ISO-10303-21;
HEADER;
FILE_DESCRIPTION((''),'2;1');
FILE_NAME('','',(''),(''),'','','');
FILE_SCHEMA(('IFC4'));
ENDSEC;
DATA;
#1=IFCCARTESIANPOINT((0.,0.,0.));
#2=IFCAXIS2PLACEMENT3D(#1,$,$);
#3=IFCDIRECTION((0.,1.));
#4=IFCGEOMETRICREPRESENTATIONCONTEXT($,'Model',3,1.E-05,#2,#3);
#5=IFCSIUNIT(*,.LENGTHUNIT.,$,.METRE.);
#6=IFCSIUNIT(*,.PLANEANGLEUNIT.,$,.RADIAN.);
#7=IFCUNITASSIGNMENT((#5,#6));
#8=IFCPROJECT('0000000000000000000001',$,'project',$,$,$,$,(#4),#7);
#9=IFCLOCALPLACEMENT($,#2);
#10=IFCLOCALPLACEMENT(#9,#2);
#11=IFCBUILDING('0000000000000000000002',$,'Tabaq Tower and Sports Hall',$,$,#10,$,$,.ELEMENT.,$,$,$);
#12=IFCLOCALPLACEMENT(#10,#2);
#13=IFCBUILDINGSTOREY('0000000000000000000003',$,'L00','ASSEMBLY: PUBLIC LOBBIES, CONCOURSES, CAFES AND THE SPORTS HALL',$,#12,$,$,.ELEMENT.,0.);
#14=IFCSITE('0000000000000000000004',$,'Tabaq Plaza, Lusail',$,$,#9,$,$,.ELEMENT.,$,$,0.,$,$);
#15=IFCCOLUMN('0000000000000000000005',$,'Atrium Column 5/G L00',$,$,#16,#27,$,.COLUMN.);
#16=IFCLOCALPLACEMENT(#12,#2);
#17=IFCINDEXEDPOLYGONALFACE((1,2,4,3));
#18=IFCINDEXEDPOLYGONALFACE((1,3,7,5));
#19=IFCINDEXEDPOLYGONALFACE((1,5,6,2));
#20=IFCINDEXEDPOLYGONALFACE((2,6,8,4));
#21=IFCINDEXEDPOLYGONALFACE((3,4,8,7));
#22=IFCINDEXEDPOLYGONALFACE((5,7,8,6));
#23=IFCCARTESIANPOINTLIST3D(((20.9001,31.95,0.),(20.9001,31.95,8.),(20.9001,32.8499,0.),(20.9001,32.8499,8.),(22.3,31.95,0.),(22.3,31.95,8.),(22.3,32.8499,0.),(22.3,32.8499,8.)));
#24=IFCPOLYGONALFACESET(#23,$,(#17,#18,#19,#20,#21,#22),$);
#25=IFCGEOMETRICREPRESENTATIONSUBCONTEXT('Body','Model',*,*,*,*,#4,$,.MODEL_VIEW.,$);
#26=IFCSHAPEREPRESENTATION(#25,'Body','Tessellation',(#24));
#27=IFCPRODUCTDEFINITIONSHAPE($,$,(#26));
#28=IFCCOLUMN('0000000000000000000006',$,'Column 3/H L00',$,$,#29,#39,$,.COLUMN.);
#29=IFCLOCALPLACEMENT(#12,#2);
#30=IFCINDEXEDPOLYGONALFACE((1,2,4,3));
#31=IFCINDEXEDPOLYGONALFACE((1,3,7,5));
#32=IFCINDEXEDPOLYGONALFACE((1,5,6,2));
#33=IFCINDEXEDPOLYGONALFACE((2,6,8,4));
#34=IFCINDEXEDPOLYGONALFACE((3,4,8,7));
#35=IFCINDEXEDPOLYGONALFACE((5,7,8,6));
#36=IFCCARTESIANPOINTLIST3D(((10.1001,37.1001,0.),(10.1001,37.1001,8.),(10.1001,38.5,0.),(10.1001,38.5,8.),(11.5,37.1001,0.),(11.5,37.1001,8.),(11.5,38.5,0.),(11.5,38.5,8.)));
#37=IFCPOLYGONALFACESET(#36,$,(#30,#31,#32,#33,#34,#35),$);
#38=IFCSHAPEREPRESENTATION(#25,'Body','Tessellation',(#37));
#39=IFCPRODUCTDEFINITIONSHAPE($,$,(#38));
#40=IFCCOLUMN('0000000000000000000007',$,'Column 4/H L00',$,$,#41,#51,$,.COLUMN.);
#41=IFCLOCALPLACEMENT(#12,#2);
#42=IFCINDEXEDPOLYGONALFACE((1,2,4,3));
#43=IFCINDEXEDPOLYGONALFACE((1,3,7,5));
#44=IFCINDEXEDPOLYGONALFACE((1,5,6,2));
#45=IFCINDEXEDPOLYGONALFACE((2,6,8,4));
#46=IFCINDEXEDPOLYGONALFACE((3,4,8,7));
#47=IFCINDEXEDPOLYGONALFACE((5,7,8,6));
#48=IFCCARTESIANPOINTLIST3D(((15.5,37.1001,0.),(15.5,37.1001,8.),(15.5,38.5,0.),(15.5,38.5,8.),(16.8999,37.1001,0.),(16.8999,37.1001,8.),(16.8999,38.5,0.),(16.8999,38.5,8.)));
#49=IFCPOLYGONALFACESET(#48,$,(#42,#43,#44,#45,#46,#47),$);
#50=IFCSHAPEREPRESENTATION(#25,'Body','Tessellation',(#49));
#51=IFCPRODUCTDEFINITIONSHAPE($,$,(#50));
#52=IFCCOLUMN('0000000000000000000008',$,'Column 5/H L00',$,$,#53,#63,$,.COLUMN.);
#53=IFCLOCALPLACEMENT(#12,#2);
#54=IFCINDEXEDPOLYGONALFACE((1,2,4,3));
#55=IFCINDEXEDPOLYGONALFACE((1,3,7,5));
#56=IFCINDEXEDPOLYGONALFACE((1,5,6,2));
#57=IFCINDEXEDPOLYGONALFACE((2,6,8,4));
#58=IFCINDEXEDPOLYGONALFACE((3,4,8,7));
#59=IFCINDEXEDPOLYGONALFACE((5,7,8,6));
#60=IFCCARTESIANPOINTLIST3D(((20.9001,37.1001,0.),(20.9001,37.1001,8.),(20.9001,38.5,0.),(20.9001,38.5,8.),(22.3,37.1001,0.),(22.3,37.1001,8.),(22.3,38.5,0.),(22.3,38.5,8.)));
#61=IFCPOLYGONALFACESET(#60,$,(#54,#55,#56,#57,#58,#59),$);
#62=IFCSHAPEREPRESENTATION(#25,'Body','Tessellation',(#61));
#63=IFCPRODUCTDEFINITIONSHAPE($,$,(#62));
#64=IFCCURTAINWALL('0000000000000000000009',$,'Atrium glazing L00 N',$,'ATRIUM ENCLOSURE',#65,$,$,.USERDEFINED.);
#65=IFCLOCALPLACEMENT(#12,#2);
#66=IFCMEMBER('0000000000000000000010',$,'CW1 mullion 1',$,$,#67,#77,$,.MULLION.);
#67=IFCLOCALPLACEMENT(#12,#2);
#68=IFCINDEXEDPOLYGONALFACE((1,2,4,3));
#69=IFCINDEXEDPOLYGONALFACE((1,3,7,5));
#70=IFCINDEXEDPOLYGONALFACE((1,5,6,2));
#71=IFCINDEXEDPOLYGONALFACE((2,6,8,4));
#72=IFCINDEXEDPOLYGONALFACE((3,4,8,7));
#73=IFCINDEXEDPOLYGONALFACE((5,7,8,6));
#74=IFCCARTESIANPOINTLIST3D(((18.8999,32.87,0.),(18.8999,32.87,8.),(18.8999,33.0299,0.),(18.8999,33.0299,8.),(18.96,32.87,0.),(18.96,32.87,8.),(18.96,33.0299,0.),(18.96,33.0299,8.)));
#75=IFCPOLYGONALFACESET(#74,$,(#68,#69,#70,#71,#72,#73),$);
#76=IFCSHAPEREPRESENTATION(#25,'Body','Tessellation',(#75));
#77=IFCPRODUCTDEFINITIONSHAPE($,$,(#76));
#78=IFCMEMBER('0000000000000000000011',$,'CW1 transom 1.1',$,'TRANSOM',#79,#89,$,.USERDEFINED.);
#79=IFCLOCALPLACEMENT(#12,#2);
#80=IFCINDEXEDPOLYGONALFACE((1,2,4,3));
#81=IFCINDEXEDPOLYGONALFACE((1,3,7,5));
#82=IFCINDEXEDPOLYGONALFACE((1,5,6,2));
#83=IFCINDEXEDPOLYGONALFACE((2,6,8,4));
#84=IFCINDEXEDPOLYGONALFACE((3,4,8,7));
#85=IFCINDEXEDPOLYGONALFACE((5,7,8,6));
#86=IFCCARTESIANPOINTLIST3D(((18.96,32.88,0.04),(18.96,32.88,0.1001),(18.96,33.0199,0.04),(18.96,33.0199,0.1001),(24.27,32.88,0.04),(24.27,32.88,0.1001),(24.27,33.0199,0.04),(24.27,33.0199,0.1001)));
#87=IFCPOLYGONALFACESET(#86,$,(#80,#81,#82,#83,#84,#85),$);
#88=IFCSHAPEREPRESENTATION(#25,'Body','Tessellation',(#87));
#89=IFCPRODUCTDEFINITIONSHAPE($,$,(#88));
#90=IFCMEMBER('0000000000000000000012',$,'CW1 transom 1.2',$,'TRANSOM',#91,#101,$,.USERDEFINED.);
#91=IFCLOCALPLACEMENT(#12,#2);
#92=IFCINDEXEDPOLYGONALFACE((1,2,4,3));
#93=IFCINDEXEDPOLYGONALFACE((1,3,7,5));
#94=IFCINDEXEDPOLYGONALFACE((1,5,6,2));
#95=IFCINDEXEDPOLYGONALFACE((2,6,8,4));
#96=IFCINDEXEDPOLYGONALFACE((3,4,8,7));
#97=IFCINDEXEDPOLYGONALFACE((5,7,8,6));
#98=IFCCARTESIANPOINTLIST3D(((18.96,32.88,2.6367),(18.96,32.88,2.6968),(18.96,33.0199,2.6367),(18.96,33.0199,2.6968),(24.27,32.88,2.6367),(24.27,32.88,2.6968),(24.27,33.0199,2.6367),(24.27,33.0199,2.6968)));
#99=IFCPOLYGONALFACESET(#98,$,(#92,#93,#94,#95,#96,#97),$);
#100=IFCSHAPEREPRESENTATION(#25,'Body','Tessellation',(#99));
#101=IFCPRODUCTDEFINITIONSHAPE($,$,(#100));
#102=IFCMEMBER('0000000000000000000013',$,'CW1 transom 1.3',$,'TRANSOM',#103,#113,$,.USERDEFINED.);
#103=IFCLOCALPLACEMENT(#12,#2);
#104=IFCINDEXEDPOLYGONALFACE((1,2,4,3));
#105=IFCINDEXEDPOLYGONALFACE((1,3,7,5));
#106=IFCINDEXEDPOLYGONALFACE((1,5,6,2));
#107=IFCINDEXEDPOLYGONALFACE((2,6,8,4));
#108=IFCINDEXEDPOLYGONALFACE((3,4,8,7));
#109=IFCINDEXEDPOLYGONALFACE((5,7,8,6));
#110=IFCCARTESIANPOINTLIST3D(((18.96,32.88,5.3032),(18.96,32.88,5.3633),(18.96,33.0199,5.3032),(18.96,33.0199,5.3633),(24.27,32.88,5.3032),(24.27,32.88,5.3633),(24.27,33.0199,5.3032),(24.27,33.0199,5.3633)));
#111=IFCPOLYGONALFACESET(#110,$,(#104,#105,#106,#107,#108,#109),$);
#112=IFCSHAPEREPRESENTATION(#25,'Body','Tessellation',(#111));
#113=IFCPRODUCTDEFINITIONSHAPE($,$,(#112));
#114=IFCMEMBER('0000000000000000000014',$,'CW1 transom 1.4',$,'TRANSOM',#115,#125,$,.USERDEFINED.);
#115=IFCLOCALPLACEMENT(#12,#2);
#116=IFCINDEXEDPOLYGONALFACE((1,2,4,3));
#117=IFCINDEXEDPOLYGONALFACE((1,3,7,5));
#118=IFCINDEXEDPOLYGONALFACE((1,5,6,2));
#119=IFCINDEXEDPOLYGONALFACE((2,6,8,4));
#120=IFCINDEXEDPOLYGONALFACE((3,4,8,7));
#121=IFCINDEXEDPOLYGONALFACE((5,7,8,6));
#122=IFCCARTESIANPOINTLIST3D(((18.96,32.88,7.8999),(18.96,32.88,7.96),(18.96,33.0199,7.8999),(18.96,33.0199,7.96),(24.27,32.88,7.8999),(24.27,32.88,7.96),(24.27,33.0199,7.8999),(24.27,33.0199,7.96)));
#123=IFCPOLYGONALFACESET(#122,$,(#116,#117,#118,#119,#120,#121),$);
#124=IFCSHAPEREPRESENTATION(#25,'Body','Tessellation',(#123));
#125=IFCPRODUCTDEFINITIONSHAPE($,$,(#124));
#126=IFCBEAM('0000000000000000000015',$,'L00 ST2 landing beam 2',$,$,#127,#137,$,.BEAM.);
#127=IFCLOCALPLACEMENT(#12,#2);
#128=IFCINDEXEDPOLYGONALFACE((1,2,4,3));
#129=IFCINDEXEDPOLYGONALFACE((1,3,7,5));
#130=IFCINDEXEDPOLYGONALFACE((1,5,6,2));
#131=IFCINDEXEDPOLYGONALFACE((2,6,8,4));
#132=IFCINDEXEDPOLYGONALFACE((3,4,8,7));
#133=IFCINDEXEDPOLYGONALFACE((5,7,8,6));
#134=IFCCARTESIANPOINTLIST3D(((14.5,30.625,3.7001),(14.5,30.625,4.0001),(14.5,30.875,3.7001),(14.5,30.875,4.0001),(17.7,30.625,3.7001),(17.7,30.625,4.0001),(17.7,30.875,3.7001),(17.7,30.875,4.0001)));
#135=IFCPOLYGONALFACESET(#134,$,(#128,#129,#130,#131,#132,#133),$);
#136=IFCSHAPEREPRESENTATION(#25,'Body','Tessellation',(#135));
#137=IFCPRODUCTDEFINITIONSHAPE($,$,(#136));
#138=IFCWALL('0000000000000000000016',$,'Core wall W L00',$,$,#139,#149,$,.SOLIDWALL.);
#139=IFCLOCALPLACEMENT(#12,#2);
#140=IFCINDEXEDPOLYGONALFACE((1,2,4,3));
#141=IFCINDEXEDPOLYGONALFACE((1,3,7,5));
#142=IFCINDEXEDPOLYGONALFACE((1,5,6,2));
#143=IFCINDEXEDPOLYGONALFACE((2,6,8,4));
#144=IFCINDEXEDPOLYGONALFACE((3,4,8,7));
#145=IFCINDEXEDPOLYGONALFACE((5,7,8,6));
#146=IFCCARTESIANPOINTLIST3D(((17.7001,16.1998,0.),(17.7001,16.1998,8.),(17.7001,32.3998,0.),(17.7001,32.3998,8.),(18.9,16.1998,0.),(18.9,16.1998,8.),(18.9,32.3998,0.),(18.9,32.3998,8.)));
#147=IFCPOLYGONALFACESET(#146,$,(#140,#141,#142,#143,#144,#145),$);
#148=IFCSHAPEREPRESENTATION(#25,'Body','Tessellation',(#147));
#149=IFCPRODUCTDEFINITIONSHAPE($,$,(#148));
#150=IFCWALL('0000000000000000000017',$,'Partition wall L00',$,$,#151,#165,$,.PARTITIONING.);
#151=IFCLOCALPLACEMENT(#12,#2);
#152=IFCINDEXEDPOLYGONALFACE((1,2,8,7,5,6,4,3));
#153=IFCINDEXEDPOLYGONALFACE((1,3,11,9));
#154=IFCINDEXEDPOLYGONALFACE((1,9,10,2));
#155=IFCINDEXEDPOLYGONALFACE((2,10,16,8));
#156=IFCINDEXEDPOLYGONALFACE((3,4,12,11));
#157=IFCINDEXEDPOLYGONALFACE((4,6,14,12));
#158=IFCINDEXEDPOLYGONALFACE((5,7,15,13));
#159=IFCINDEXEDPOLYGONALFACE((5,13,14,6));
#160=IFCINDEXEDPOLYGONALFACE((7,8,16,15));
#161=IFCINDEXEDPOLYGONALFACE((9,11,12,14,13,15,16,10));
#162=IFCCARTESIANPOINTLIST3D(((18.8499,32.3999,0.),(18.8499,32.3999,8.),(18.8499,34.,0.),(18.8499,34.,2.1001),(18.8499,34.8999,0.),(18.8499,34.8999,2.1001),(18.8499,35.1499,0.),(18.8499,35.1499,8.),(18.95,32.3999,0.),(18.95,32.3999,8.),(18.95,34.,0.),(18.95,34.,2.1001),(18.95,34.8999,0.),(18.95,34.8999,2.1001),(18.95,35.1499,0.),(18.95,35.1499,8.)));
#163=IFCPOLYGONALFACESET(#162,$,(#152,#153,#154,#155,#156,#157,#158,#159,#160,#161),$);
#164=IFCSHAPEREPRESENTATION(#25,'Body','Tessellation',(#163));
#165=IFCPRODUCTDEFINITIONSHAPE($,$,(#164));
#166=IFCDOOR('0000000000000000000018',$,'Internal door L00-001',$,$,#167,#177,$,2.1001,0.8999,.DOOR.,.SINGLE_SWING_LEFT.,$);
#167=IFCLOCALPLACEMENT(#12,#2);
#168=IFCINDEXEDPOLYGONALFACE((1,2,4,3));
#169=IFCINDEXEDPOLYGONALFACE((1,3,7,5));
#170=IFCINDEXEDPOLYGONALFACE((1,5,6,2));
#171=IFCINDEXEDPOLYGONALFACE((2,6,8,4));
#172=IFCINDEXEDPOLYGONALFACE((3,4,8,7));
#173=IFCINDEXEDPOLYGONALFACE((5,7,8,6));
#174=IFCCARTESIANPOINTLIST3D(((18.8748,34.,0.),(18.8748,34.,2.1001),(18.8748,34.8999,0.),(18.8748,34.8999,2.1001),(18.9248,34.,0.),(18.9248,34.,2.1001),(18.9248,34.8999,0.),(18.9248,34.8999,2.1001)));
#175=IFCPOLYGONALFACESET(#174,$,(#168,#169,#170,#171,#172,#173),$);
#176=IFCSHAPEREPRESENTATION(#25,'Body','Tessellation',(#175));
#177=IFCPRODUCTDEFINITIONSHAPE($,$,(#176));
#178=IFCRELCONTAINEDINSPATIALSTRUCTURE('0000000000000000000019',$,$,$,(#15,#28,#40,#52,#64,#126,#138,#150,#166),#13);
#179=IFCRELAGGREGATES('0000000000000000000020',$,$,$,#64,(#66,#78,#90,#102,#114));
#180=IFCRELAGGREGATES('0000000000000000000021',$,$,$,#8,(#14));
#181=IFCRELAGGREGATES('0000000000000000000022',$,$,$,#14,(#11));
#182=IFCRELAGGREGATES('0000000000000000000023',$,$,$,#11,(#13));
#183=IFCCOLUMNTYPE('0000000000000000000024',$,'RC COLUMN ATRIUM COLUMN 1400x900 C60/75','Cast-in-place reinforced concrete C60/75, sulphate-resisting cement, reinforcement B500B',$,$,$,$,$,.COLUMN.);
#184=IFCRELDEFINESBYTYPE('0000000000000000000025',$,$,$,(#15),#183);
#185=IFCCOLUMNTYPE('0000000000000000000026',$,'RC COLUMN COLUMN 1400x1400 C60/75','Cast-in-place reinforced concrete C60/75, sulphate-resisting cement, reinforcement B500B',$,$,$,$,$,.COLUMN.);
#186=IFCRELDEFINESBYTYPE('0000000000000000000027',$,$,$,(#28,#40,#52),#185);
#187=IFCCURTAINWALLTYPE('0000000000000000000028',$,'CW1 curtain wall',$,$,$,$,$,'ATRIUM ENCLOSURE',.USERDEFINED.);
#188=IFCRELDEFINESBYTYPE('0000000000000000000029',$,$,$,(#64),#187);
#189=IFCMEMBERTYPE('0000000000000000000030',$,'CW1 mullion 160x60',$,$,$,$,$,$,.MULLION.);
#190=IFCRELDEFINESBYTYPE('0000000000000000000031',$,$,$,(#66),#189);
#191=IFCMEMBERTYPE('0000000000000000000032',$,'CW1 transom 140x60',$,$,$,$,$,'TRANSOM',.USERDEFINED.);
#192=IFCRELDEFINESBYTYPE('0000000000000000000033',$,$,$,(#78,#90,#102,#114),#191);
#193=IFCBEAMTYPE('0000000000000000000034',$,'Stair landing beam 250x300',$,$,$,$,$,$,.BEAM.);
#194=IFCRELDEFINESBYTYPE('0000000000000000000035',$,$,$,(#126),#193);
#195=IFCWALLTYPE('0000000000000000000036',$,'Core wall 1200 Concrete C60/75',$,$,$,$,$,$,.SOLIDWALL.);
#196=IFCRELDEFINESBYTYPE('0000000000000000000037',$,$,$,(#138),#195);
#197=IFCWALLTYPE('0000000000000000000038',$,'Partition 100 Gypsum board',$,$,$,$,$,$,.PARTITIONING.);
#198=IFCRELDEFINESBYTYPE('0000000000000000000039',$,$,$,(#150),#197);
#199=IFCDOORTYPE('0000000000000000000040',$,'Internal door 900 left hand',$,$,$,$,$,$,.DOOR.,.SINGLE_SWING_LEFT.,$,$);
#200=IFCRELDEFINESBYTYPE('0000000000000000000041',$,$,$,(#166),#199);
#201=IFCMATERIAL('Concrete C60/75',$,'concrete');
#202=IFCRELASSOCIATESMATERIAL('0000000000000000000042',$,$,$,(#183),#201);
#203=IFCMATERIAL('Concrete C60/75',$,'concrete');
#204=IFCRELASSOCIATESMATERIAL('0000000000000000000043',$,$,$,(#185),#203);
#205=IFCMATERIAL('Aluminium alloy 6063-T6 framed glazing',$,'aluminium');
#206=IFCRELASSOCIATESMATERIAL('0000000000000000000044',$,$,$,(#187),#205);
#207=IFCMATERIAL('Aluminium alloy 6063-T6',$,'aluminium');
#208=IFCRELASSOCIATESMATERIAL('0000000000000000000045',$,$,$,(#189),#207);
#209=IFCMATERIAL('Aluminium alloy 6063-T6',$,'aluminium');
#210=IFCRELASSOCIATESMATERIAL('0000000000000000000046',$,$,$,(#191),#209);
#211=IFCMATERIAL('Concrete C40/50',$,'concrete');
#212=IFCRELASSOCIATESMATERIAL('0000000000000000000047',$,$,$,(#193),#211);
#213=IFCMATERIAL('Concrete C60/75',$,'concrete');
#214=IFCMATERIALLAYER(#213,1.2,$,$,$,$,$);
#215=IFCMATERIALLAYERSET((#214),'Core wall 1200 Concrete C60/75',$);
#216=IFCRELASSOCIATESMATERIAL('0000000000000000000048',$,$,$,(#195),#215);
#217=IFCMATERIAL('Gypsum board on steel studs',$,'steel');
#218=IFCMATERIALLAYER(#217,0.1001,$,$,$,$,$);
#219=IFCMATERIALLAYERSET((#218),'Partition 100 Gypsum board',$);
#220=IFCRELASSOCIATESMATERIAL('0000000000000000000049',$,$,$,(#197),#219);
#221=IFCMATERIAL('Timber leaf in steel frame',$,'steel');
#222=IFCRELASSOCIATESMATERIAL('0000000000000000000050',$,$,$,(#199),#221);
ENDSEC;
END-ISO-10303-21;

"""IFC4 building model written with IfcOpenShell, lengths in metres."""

from ifc_helpers import new_model, si_unit, direction, frame, frame_2d, origin, origin_2d, place, context, subcontext, project, spatial, rectangle, extrude, material, layer, layer_set, material_profile, profile_set, type_object, element, fill, aggregate, save


model = new_model("IFC4")

# Units and contexts
model_context = context("Model", 3, precision=1e-05, world=origin(), true_north=direction((0.0, 1.0)))
body_context = subcontext(model_context, "Body", "Model", "MODEL_VIEW")
ifc_project = project(units=[si_unit("LENGTHUNIT", "METRE"), si_unit("PLANEANGLEUNIT", "RADIAN")], contexts=[model_context])

# Site, building, storey
site_placement = place(None, origin())
site = spatial("IfcSite", under=ifc_project, at=site_placement, Name="Tabaq Plaza, Lusail", CompositionType="ELEMENT", RefElevation=0.0)
building_placement = place(site_placement, origin())
building = spatial("IfcBuilding", under=site, at=building_placement, Name="Tabaq Tower and Sports Hall", CompositionType="ELEMENT")
storey_placement = place(building_placement, origin())
storey = spatial("IfcBuildingStorey", under=building, at=storey_placement, Name="L00", Description="ASSEMBLY: PUBLIC LOBBIES, CONCOURSES, CAFES AND THE SPORTS HALL", CompositionType="ELEMENT", Elevation=0.0)

# Columns
ifc_material_1 = material(Name="Concrete C60/75", Category="concrete")
ifc_material_profile_1 = material_profile(ifc_material_1, rectangle(XDim=1.3999, YDim=0.8999, at=origin_2d()), Name="ATRIUM COLUMN 1400x900")
ifc_profile_set_1 = profile_set([ifc_material_profile_1], Name="Concrete C60/75")
column_type_1 = type_object("IfcColumnType", Name="RC COLUMN ATRIUM COLUMN 1400x900 C60/75", Description="Cast-in-place reinforced concrete C60/75, sulphate-resisting cement, reinforcement B500B", PredefinedType="COLUMN", material=ifc_profile_set_1)
column_placement = place(storey_placement, frame((21.6001, 32.3999, 0.0), z_axis=(0.0, 0.0, 1.0), x_axis=(1.0, 0.0, 0.0)))
element("IfcColumn", 1, at=column_placement, inside=storey, type_object=column_type_1, Name="Atrium Column 5/G L00", PredefinedType="COLUMN", context=body_context, shape_type="SweptSolid", body=[
    extrude(rectangle(XDim=1.3999, YDim=0.8999, at=origin_2d()), origin(), (0.0, 0.0, 1.0), 8.0),
])
ifc_material_2 = material(Name="Concrete C60/75", Category="concrete")
ifc_material_profile_2 = material_profile(ifc_material_2, rectangle(XDim=1.3999, YDim=1.3999, at=origin_2d()), Name="COLUMN 1400x1400")
ifc_profile_set_2 = profile_set([ifc_material_profile_2], Name="Concrete C60/75")
column_type_2 = type_object("IfcColumnType", Name="RC COLUMN COLUMN 1400x1400 C60/75", Description="Cast-in-place reinforced concrete C60/75, sulphate-resisting cement, reinforcement B500B", PredefinedType="COLUMN", material=ifc_profile_set_2)
for number, where, z_axis, x_axis, name in (
    (2, (10.8, 37.8, 0.0), (0.0, 0.0, 1.0), (1.0, 0.0, 0.0), "Column 3/H L00"),
    (3, (16.2, 37.8, 0.0), (0.0, 0.0, 1.0), (1.0, 0.0, 0.0), "Column 4/H L00"),
    (4, (21.6001, 37.8, 0.0), (0.0, 0.0, 1.0), (1.0, 0.0, 0.0), "Column 5/H L00"),
):
    element("IfcColumn", number, at=place(storey_placement, frame(where, z_axis=z_axis, x_axis=x_axis)), inside=storey, type_object=column_type_2, Name=name, PredefinedType="COLUMN", context=body_context, shape_type="SweptSolid", body=[
        extrude(rectangle(XDim=1.3999, YDim=1.3999, at=origin_2d()), origin(), (0.0, 0.0, 1.0), 8.0),
    ])

# Curtain wall, members
ifc_material_3 = material(Name="Aluminium alloy 6063-T6 framed glazing", Category="aluminium")
curtain_wall_type = type_object("IfcCurtainWallType", Name="CW1 curtain wall", ElementType="ATRIUM ENCLOSURE", PredefinedType="USERDEFINED", material=ifc_material_3)
curtain_wall_placement = place(storey_placement, origin())
curtain_wall = element("IfcCurtainWall", 5, at=curtain_wall_placement, inside=storey, type_object=curtain_wall_type, Name="Atrium glazing L00 N", ObjectType="ATRIUM ENCLOSURE", PredefinedType="USERDEFINED")
ifc_material_4 = material(Name="Aluminium alloy 6063-T6", Category="aluminium")
ifc_material_profile_3 = material_profile(ifc_material_4, rectangle(XDim=0.1599, YDim=0.0601, at=origin_2d()), Name="MULLION 160x60")
ifc_profile_set_3 = profile_set([ifc_material_profile_3], Name="Aluminium alloy 6063-T6")
member_type_1 = type_object("IfcMemberType", Name="CW1 mullion 160x60", PredefinedType="MULLION", material=ifc_profile_set_3)
member_1_placement = place(storey_placement, frame((18.9299, 32.95, 0.0), z_axis=(0.0, 0.0, 1.0), x_axis=(0.0, 1.0, 0.0)))
member_1 = element("IfcMember", 6, at=member_1_placement, type_object=member_type_1, Name="CW1 mullion 1", PredefinedType="MULLION", context=body_context, shape_type="SweptSolid", body=[
    extrude(rectangle(XDim=0.1599, YDim=0.0601, at=origin_2d()), origin(), (0.0, 0.0, 1.0), 8.0),
])
ifc_material_5 = material(Name="Aluminium alloy 6063-T6", Category="aluminium")
ifc_material_profile_4 = material_profile(ifc_material_5, rectangle(XDim=0.1399, YDim=0.0601, at=origin_2d()), Name="TRANSOM 140x60")
ifc_profile_set_4 = profile_set([ifc_material_profile_4], Name="Aluminium alloy 6063-T6")
member_type_2 = type_object("IfcMemberType", Name="CW1 transom 140x60", ElementType="TRANSOM", PredefinedType="USERDEFINED", material=ifc_profile_set_4)
member_2_placement = place(storey_placement, frame((18.96, 32.95, 0.0701), z_axis=(1.0, 0.0, 0.0), x_axis=(0.0, 1.0, 0.0)))
member_2 = element("IfcMember", 7, at=member_2_placement, type_object=member_type_2, Name="CW1 transom 1.1", ObjectType="TRANSOM", PredefinedType="USERDEFINED", context=body_context, shape_type="SweptSolid", body=[
    extrude(rectangle(XDim=0.1399, YDim=0.0601, at=origin_2d()), origin(), (0.0, 0.0, 1.0), 5.3101),
])
member_3_placement = place(storey_placement, frame((18.96, 32.95, 2.6667), z_axis=(1.0, 0.0, 0.0), x_axis=(0.0, 1.0, 0.0)))
member_3 = element("IfcMember", 8, at=member_3_placement, type_object=member_type_2, Name="CW1 transom 1.2", ObjectType="TRANSOM", PredefinedType="USERDEFINED", context=body_context, shape_type="SweptSolid", body=[
    extrude(rectangle(XDim=0.1399, YDim=0.0601, at=origin_2d()), origin(), (0.0, 0.0, 1.0), 5.3101),
])
member_4_placement = place(storey_placement, frame((18.96, 32.95, 5.3333), z_axis=(1.0, 0.0, 0.0), x_axis=(0.0, 1.0, 0.0)))
member_4 = element("IfcMember", 9, at=member_4_placement, type_object=member_type_2, Name="CW1 transom 1.3", ObjectType="TRANSOM", PredefinedType="USERDEFINED", context=body_context, shape_type="SweptSolid", body=[
    extrude(rectangle(XDim=0.1399, YDim=0.0601, at=origin_2d()), origin(), (0.0, 0.0, 1.0), 5.3101),
])
member_5_placement = place(storey_placement, frame((18.96, 32.95, 7.9299), z_axis=(1.0, 0.0, 0.0), x_axis=(0.0, 1.0, 0.0)))
member_5 = element("IfcMember", 10, at=member_5_placement, type_object=member_type_2, Name="CW1 transom 1.4", ObjectType="TRANSOM", PredefinedType="USERDEFINED", context=body_context, shape_type="SweptSolid", body=[
    extrude(rectangle(XDim=0.1399, YDim=0.0601, at=origin_2d()), origin(), (0.0, 0.0, 1.0), 5.3101),
])
aggregate(curtain_wall, [member_1, member_2, member_3, member_4, member_5])

# Beam
ifc_material_6 = material(Name="Concrete C40/50", Category="concrete")
ifc_material_profile_5 = material_profile(ifc_material_6, rectangle(XDim=0.25, YDim=0.3, at=origin_2d()), Name="RC 250x300")
ifc_profile_set_5 = profile_set([ifc_material_profile_5], Name="Concrete C40/50")
beam_type = type_object("IfcBeamType", Name="Stair landing beam 250x300", PredefinedType="BEAM", material=ifc_profile_set_5)
beam_placement = place(storey_placement, frame((14.5, 30.75, 3.8501), z_axis=(1.0, 0.0, 0.0), x_axis=(0.0, 1.0, 0.0)))
element("IfcBeam", 11, at=beam_placement, inside=storey, type_object=beam_type, Name="L00 ST2 landing beam 2", PredefinedType="BEAM", context=body_context, shape_type="SweptSolid", body=[
    extrude(rectangle(XDim=0.25, YDim=0.3, at=origin_2d()), origin(), (0.0, 0.0, 1.0), 3.2),
])

# Wall
ifc_material_7 = material(Name="Concrete C60/75", Category="concrete")
ifc_layer_1 = layer(ifc_material_7, 1.2)
ifc_layer_set_1 = layer_set([ifc_layer_1], Name="Core wall 1200 Concrete C60/75")
wall_type_1 = type_object("IfcWallType", Name="Core wall 1200 Concrete C60/75", PredefinedType="SOLIDWALL", material=ifc_layer_set_1)
wall_1_placement = place(storey_placement, frame((18.3, 32.3999, 0.0), z_axis=(0.0, 0.0, 1.0), x_axis=(0.0, -1.0, 0.0)))
element("IfcWall", 12, at=wall_1_placement, inside=storey, type_object=wall_type_1, Name="Core wall W L00", PredefinedType="SOLIDWALL", context=body_context, shape_type="SweptSolid", body=[
    extrude(rectangle(XDim=16.2, YDim=1.2, at=frame_2d((8.1001, 0.0))), origin(), (0.0, 0.0, 1.0), 8.0),
])

# Wall, opening, door
ifc_material_8 = material(Name="Gypsum board on steel studs", Category="steel")
ifc_layer_2 = layer(ifc_material_8, 0.1001)
ifc_layer_set_2 = layer_set([ifc_layer_2], Name="Partition 100 Gypsum board")
wall_type_2 = type_object("IfcWallType", Name="Partition 100 Gypsum board", PredefinedType="PARTITIONING", material=ifc_layer_set_2)
wall_2_placement = place(storey_placement, frame((18.8999, 35.1499, 0.0), z_axis=(0.0, 0.0, 1.0), x_axis=(0.0, -1.0, 0.0)))
wall_2 = element("IfcWall", 13, at=wall_2_placement, inside=storey, type_object=wall_type_2, Name="Partition wall L00", PredefinedType="PARTITIONING", context=body_context, shape_type="SweptSolid", body=[
    extrude(rectangle(XDim=2.75, YDim=0.1001, at=frame_2d((1.375, 0.0))), origin(), (0.0, 0.0, 1.0), 8.0),
])
opening_1_placement = place(wall_2_placement, frame((0.25, 0.0, 0.0)))
opening_1 = element("IfcOpeningElement", 14, at=opening_1_placement, cuts=wall_2, PredefinedType="OPENING", context=body_context, shape_type="SweptSolid", body=[
    extrude(rectangle(XDim=0.8999, YDim=2.1001, at=frame_2d((0.45, 1.05))), frame((0.0, 0.05, 0.0), z_axis=(0.0, -1.0, 0.0), x_axis=(1.0, 0.0, 0.0)), (0.0, 0.0, 1.0), 0.1001),
])
ifc_material_9 = material(Name="Timber leaf in steel frame", Category="steel")
door_type_1 = type_object("IfcDoorType", Name="Internal door 900 left hand", OperationType="SINGLE_SWING_LEFT", PredefinedType="DOOR", material=ifc_material_9)
door_1_placement = place(opening_1_placement, origin())
door_1 = element("IfcDoor", 15, at=door_1_placement, inside=storey, type_object=door_type_1, Name="Internal door L00-001", OperationType="SINGLE_SWING_LEFT", OverallHeight=2.1001, OverallWidth=0.8999, PredefinedType="DOOR", context=body_context, shape_type="SweptSolid", body=[
    extrude(rectangle(XDim=0.8999, YDim=2.1001, at=frame_2d((0.45, 1.05))), frame((0.0, 0.0249, 0.0), z_axis=(0.0, -1.0, 0.0), x_axis=(1.0, 0.0, 0.0)), (0.0, 0.0, 1.0), 0.05),
])
fill(opening_1, door_1)

save(model, "model.ifc")
